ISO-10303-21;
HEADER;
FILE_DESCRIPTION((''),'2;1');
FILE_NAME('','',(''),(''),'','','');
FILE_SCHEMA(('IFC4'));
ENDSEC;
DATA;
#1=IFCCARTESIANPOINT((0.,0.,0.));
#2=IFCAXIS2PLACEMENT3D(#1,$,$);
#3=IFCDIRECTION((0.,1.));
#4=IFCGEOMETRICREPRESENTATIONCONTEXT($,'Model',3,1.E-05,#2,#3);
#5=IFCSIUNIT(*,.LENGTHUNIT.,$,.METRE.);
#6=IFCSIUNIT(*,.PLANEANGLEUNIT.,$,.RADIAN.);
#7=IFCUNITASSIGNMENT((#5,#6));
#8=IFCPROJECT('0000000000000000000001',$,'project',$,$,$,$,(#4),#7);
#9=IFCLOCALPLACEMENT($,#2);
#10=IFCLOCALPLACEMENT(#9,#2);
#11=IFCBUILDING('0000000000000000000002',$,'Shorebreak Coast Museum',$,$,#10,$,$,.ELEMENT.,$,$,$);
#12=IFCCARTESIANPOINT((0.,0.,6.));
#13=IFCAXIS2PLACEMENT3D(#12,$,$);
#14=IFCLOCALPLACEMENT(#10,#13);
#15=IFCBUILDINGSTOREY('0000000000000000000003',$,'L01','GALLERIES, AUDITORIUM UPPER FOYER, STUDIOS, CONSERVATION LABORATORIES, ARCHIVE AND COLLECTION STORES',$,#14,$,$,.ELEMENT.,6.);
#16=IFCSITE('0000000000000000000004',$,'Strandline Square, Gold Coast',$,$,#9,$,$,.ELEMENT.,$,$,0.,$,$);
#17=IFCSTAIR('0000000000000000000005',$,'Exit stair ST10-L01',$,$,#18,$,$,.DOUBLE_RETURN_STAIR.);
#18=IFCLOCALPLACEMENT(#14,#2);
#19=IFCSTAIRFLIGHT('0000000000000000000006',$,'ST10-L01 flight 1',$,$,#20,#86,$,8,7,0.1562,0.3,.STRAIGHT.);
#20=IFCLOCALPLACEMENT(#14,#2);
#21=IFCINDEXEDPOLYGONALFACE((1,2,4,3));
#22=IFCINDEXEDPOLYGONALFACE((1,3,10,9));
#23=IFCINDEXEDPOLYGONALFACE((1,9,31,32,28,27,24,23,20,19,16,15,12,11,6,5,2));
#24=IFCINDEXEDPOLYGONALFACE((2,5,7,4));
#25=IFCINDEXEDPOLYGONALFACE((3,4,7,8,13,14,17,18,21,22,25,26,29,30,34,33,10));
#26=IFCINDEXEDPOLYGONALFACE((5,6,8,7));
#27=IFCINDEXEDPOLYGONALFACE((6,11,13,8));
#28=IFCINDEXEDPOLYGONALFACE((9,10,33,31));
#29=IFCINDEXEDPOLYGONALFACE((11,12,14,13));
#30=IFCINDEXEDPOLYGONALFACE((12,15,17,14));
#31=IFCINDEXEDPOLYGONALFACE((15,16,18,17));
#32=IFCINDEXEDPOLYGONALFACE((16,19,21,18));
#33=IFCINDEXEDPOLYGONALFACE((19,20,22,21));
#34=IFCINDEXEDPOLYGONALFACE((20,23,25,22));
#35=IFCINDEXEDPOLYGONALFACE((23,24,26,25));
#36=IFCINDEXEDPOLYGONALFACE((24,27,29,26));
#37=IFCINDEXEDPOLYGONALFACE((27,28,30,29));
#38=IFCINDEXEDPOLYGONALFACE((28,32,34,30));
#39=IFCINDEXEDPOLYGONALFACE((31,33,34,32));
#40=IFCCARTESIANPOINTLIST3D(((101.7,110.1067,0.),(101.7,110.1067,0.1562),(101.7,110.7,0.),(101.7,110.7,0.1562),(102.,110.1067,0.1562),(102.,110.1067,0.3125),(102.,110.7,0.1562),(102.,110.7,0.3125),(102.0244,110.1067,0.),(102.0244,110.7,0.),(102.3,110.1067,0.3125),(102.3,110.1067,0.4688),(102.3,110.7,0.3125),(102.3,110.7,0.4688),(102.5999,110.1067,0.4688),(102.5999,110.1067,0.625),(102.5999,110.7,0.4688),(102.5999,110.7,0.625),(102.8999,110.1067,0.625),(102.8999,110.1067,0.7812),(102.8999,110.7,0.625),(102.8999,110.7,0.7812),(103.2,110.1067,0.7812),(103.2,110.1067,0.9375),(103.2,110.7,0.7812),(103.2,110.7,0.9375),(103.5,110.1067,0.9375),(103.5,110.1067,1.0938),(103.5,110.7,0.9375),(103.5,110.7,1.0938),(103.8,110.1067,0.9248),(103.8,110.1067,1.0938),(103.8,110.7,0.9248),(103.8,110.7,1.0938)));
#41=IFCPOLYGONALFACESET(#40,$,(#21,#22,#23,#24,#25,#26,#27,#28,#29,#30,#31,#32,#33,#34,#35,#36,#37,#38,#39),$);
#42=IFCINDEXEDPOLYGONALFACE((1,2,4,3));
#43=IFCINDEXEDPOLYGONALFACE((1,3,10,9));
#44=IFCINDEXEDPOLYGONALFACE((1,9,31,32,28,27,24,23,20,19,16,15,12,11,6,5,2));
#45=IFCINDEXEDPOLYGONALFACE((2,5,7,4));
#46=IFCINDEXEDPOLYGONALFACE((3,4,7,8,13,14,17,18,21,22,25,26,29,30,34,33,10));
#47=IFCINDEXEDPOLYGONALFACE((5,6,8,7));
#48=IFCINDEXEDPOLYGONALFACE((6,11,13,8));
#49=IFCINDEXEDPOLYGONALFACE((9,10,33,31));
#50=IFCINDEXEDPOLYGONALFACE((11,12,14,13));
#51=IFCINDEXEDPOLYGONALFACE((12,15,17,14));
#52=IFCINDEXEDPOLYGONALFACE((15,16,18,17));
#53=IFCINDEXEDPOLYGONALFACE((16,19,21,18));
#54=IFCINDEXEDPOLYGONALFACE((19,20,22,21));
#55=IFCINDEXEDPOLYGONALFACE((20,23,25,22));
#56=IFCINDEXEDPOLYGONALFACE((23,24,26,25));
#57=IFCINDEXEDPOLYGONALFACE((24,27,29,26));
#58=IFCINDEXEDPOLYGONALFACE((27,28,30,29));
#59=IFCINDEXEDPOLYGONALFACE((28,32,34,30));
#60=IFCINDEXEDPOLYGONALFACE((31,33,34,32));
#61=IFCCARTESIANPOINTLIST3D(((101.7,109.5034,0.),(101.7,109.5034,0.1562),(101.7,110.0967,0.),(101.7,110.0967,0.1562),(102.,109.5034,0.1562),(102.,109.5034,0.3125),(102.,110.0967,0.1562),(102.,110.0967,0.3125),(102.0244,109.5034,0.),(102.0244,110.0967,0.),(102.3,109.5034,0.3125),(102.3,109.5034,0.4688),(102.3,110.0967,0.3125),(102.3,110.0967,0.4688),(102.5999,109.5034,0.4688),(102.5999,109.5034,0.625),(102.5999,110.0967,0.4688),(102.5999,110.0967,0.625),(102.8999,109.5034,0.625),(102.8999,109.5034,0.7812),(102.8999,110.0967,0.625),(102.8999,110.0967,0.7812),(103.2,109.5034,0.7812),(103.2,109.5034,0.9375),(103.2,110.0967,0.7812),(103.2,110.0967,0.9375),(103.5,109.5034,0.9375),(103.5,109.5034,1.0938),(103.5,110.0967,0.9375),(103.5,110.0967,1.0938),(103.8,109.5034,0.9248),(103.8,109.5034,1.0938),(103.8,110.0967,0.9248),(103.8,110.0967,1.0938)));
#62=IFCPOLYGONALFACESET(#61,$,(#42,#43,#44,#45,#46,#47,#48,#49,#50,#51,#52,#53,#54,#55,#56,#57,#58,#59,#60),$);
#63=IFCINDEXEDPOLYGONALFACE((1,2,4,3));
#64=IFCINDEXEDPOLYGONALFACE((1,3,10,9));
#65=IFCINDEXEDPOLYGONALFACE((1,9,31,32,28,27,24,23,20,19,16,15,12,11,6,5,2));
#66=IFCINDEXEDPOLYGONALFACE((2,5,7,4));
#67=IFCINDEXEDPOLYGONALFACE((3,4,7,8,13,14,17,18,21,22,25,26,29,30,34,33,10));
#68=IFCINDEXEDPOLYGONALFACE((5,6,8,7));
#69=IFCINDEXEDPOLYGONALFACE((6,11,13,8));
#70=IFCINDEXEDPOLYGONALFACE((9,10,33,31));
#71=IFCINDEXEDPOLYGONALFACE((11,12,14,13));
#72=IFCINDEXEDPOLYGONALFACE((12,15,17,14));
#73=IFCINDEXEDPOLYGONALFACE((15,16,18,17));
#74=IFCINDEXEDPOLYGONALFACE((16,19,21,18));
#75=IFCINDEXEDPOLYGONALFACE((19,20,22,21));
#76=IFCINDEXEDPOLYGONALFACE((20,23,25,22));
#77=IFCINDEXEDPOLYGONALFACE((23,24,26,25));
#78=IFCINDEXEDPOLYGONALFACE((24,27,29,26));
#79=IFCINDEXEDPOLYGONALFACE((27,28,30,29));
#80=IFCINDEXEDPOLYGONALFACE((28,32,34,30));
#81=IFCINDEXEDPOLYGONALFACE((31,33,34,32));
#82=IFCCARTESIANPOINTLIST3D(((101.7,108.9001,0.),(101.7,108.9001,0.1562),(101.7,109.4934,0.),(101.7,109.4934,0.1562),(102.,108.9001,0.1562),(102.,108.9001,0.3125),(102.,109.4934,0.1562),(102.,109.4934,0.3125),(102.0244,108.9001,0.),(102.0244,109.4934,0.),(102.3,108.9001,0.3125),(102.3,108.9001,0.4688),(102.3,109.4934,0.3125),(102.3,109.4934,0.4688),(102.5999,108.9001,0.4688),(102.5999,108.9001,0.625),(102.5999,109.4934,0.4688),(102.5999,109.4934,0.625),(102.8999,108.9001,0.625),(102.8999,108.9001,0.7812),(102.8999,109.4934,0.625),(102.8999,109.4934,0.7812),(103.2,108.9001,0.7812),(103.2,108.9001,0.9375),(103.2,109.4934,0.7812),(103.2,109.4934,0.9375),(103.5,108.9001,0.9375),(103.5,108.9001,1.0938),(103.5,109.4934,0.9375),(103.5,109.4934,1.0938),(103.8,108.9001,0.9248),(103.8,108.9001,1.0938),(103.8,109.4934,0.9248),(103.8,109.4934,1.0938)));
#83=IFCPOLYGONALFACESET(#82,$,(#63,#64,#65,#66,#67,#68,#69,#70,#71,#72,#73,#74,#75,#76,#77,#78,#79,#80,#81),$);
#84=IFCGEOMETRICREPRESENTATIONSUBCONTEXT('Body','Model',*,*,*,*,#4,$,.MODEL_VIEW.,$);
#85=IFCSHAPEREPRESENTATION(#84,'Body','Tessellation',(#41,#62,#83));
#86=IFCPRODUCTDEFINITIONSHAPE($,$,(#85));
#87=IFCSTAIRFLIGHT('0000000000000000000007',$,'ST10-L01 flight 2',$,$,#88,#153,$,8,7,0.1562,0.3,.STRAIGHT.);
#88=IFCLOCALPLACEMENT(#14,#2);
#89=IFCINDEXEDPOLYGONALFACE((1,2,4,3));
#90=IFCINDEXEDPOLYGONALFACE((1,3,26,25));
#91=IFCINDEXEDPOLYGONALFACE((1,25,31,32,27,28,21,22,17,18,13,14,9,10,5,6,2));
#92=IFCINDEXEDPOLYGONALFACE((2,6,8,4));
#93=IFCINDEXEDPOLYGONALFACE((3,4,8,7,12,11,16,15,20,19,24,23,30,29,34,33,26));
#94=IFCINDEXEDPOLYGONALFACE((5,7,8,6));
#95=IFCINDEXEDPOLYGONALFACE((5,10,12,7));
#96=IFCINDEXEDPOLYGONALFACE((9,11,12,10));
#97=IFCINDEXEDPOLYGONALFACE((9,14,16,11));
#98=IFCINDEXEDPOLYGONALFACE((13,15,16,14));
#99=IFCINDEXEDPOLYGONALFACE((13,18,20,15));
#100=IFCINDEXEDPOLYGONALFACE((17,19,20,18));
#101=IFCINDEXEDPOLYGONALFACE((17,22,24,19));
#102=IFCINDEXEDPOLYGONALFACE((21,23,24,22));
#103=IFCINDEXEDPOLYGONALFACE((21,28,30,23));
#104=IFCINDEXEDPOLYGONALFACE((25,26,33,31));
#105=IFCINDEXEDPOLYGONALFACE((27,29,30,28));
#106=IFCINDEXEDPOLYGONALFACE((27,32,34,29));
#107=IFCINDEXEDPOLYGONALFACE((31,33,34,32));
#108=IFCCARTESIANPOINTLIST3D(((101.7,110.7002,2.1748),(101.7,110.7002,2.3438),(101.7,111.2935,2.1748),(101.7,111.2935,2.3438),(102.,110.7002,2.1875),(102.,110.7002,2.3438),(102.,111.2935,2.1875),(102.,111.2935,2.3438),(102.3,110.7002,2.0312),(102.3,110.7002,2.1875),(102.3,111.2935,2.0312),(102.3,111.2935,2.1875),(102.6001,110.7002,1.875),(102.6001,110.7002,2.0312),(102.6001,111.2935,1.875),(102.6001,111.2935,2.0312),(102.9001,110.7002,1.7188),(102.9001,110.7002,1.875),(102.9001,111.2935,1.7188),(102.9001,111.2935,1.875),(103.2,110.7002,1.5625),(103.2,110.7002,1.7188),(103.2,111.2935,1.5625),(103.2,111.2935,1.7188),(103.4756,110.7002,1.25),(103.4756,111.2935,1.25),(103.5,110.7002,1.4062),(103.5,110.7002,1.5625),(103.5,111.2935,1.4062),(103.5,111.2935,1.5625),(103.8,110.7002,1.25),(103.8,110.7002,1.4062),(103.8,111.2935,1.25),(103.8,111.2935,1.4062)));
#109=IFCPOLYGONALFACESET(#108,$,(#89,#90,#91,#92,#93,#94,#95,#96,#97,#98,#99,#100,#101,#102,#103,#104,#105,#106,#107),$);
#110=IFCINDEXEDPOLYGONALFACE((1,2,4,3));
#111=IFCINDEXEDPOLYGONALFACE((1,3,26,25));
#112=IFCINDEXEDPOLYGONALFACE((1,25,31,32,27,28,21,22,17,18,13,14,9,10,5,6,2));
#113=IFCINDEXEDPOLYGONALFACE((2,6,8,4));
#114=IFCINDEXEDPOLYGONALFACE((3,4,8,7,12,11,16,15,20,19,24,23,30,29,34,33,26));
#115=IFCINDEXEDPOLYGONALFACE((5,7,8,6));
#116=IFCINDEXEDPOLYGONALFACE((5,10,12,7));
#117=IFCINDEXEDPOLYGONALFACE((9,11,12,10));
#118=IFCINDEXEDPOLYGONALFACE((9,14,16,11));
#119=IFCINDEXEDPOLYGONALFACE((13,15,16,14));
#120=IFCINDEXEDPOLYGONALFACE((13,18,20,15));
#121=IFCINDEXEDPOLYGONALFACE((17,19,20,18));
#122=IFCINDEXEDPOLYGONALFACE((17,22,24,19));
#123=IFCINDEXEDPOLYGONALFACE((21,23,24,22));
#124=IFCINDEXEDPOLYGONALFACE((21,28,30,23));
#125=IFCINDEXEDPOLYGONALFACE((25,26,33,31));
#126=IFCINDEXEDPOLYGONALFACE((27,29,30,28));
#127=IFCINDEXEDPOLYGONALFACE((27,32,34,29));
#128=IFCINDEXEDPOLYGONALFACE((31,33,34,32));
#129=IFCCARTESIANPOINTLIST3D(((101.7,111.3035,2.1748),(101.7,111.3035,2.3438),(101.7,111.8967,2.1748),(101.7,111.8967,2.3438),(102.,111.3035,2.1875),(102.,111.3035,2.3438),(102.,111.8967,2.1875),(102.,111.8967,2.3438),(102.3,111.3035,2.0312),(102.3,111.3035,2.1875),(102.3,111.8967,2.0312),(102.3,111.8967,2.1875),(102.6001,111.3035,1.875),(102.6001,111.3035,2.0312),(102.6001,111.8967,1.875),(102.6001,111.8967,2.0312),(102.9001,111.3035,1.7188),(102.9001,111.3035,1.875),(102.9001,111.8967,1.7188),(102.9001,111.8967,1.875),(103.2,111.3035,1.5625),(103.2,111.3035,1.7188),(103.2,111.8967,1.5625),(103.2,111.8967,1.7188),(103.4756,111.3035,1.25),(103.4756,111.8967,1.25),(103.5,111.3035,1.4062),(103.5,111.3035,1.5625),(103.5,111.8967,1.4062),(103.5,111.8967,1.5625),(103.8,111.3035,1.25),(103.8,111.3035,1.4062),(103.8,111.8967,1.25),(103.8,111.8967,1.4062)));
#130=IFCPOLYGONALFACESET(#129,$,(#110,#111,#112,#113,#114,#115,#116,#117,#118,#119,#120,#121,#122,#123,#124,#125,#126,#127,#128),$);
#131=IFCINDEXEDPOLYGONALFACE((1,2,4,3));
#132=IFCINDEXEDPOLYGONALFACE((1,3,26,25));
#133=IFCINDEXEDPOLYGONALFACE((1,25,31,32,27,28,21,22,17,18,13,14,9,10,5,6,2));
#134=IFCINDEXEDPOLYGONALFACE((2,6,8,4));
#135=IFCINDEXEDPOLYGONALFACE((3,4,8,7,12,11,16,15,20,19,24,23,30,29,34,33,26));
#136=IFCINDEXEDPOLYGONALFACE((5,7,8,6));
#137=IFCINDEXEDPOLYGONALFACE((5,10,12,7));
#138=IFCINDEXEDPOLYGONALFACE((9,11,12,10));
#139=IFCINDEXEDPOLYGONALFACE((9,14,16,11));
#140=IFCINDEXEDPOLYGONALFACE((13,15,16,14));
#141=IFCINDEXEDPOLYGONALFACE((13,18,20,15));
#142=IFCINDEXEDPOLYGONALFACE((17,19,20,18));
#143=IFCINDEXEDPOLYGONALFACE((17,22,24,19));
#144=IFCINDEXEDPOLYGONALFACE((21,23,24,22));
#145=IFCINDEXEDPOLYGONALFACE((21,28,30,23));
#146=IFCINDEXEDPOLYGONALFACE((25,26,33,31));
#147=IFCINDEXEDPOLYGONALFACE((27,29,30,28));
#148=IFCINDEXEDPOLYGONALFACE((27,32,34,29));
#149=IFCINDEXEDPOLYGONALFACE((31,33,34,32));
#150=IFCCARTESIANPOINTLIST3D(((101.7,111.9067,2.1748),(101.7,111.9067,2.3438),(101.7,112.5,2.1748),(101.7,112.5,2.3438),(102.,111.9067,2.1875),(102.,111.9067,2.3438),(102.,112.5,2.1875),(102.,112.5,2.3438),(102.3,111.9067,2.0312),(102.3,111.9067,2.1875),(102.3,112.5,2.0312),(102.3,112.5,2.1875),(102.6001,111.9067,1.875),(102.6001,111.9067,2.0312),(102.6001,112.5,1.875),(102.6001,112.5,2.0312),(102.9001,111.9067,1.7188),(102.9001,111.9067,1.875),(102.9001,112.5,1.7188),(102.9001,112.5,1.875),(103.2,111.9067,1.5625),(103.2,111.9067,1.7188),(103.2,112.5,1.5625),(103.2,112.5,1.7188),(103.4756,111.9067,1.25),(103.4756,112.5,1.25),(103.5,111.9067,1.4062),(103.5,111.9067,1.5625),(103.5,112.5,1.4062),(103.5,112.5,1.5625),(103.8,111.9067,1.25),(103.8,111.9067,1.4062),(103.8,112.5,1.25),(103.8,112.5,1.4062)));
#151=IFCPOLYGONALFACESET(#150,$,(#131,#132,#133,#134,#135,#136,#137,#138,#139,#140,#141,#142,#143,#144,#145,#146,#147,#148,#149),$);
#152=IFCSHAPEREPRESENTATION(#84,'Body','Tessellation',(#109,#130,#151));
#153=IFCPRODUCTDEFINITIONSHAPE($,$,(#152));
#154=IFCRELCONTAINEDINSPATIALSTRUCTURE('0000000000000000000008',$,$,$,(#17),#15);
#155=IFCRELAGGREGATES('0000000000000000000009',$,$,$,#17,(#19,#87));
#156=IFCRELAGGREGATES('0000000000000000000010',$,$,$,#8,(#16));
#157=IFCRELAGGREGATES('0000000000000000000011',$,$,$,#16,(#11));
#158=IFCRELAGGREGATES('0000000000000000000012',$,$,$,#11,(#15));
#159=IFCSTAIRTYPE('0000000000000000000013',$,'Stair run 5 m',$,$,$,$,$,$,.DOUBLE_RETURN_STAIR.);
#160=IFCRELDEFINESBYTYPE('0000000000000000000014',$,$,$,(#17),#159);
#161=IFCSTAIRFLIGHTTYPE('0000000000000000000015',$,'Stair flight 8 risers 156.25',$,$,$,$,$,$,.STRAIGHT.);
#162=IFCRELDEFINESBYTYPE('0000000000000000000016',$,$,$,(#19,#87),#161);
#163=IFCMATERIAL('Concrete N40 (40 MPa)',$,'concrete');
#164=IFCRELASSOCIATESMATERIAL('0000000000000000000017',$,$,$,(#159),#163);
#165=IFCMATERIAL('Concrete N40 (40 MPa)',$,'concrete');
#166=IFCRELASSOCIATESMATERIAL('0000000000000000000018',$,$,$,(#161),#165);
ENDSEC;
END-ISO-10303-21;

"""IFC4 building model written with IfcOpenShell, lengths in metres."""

from ifc_helpers import new_model, si_unit, direction, frame, origin, place, context, subcontext, project, spatial, polyline, outline, extrude, material, type_object, element, aggregate, save


model = new_model("IFC4")

# Units and contexts
model_context = context("Model", 3, precision=1e-05, world=origin(), true_north=direction((0.0, 1.0)))
body_context = subcontext(model_context, "Body", "Model", "MODEL_VIEW")
ifc_project = project(units=[si_unit("LENGTHUNIT", "METRE"), si_unit("PLANEANGLEUNIT", "RADIAN")], contexts=[model_context])

# Site, building, storey
site_placement = place(None, origin())
site = spatial("IfcSite", under=ifc_project, at=site_placement, Name="Strandline Square, Gold Coast", CompositionType="ELEMENT", RefElevation=0.0)
building_placement = place(site_placement, origin())
building = spatial("IfcBuilding", under=site, at=building_placement, Name="Shorebreak Coast Museum", CompositionType="ELEMENT")
storey_placement = place(building_placement, frame((0.0, 0.0, 6.0)))
storey = spatial("IfcBuildingStorey", under=building, at=storey_placement, Name="L01", Description="GALLERIES, AUDITORIUM UPPER FOYER, STUDIOS, CONSERVATION LABORATORIES, ARCHIVE AND COLLECTION STORES", CompositionType="ELEMENT", Elevation=6.0)

# Stair, stair flights
ifc_material_1 = material(Name="Concrete N40 (40 MPa)", Category="concrete")
stair_type = type_object("IfcStairType", Name="Stair run 5 m", PredefinedType="DOUBLE_RETURN_STAIR", material=ifc_material_1)
stair_placement = place(storey_placement, origin())
stair = element("IfcStair", 1, at=stair_placement, inside=storey, type_object=stair_type, Name="Exit stair ST10-L01", PredefinedType="DOUBLE_RETURN_STAIR")
ifc_material_2 = material(Name="Concrete N40 (40 MPa)", Category="concrete")
stair_flight_type = type_object("IfcStairFlightType", Name="Stair flight 8 risers 156.25", PredefinedType="STRAIGHT", material=ifc_material_2)
stair_flight_1_placement = place(storey_placement, frame((101.7, 109.8, 0.0), z_axis=(0.0, 0.0, 1.0), x_axis=(1.0, 0.0, 0.0)))
stair_flight_1 = element("IfcStairFlight", 2, at=stair_flight_1_placement, type_object=stair_flight_type, Name="ST10-L01 flight 1", NumberOfRisers=8, NumberOfTreads=7, PredefinedType="STRAIGHT", RiserHeight=0.1562, TreadLength=0.3, context=body_context, shape_type="SweptSolid", body=[
    extrude(outline(polyline([(0.0, 0.0), (0.0, 0.1562), (0.3, 0.1562), (0.3, 0.3125), (0.6001, 0.3125), (0.6001, 0.4688), (0.8999, 0.4688), (0.8999, 0.625), (1.2, 0.625), (1.2, 0.7812), (1.5, 0.7812), (1.5, 0.9375), (1.8, 0.9375), (1.8, 1.0938), (2.1001, 1.0938), (2.1001, 1.25), (2.1001, 0.9248), (0.3245, 0.0), (0.0, 0.0)])), frame((0.0, 0.8999, 0.0), z_axis=(0.0, -1.0, 0.0), x_axis=(1.0, 0.0, 0.0)), (0.0, 0.0, 1.0), 0.5933),
    extrude(outline(polyline([(0.0, 0.0), (0.0, 0.1562), (0.3, 0.1562), (0.3, 0.3125), (0.6001, 0.3125), (0.6001, 0.4688), (0.8999, 0.4688), (0.8999, 0.625), (1.2, 0.625), (1.2, 0.7812), (1.5, 0.7812), (1.5, 0.9375), (1.8, 0.9375), (1.8, 1.0938), (2.1001, 1.0938), (2.1001, 1.25), (2.1001, 0.9248), (0.3245, 0.0), (0.0, 0.0)])), frame((0.0, 0.2966, 0.0), z_axis=(0.0, -1.0, 0.0), x_axis=(1.0, 0.0, 0.0)), (0.0, 0.0, 1.0), 0.5933),
    extrude(outline(polyline([(0.0, 0.0), (0.0, 0.1562), (0.3, 0.1562), (0.3, 0.3125), (0.6001, 0.3125), (0.6001, 0.4688), (0.8999, 0.4688), (0.8999, 0.625), (1.2, 0.625), (1.2, 0.7812), (1.5, 0.7812), (1.5, 0.9375), (1.8, 0.9375), (1.8, 1.0938), (2.1001, 1.0938), (2.1001, 1.25), (2.1001, 0.9248), (0.3245, 0.0), (0.0, 0.0)])), frame((0.0, -0.3066, 0.0), z_axis=(0.0, -1.0, 0.0), x_axis=(1.0, 0.0, 0.0)), (0.0, 0.0, 1.0), 0.5933),
])
stair_flight_2_placement = place(storey_placement, frame((103.8, 111.6001, 1.25), z_axis=(0.0, 0.0, 1.0), x_axis=(-1.0, 0.0, 0.0)))
stair_flight_2 = element("IfcStairFlight", 3, at=stair_flight_2_placement, type_object=stair_flight_type, Name="ST10-L01 flight 2", NumberOfRisers=8, NumberOfTreads=7, PredefinedType="STRAIGHT", RiserHeight=0.1562, TreadLength=0.3, context=body_context, shape_type="SweptSolid", body=[
    extrude(outline(polyline([(0.0, 0.0), (0.0, 0.1562), (0.3, 0.1562), (0.3, 0.3125), (0.6001, 0.3125), (0.6001, 0.4688), (0.8999, 0.4688), (0.8999, 0.625), (1.2, 0.625), (1.2, 0.7812), (1.5, 0.7812), (1.5, 0.9375), (1.8, 0.9375), (1.8, 1.0938), (2.1001, 1.0938), (2.1001, 1.25), (2.1001, 0.9248), (0.3245, 0.0), (0.0, 0.0)])), frame((0.0, 0.8999, 0.0), z_axis=(0.0, -1.0, 0.0), x_axis=(1.0, 0.0, 0.0)), (0.0, 0.0, 1.0), 0.5933),
    extrude(outline(polyline([(0.0, 0.0), (0.0, 0.1562), (0.3, 0.1562), (0.3, 0.3125), (0.6001, 0.3125), (0.6001, 0.4688), (0.8999, 0.4688), (0.8999, 0.625), (1.2, 0.625), (1.2, 0.7812), (1.5, 0.7812), (1.5, 0.9375), (1.8, 0.9375), (1.8, 1.0938), (2.1001, 1.0938), (2.1001, 1.25), (2.1001, 0.9248), (0.3245, 0.0), (0.0, 0.0)])), frame((0.0, 0.2966, 0.0), z_axis=(0.0, -1.0, 0.0), x_axis=(1.0, 0.0, 0.0)), (0.0, 0.0, 1.0), 0.5933),
    extrude(outline(polyline([(0.0, 0.0), (0.0, 0.1562), (0.3, 0.1562), (0.3, 0.3125), (0.6001, 0.3125), (0.6001, 0.4688), (0.8999, 0.4688), (0.8999, 0.625), (1.2, 0.625), (1.2, 0.7812), (1.5, 0.7812), (1.5, 0.9375), (1.8, 0.9375), (1.8, 1.0938), (2.1001, 1.0938), (2.1001, 1.25), (2.1001, 0.9248), (0.3245, 0.0), (0.0, 0.0)])), frame((0.0, -0.3066, 0.0), z_axis=(0.0, -1.0, 0.0), x_axis=(1.0, 0.0, 0.0)), (0.0, 0.0, 1.0), 0.5933),
])
aggregate(stair, [stair_flight_1, stair_flight_2])

save(model, "model.ifc")
